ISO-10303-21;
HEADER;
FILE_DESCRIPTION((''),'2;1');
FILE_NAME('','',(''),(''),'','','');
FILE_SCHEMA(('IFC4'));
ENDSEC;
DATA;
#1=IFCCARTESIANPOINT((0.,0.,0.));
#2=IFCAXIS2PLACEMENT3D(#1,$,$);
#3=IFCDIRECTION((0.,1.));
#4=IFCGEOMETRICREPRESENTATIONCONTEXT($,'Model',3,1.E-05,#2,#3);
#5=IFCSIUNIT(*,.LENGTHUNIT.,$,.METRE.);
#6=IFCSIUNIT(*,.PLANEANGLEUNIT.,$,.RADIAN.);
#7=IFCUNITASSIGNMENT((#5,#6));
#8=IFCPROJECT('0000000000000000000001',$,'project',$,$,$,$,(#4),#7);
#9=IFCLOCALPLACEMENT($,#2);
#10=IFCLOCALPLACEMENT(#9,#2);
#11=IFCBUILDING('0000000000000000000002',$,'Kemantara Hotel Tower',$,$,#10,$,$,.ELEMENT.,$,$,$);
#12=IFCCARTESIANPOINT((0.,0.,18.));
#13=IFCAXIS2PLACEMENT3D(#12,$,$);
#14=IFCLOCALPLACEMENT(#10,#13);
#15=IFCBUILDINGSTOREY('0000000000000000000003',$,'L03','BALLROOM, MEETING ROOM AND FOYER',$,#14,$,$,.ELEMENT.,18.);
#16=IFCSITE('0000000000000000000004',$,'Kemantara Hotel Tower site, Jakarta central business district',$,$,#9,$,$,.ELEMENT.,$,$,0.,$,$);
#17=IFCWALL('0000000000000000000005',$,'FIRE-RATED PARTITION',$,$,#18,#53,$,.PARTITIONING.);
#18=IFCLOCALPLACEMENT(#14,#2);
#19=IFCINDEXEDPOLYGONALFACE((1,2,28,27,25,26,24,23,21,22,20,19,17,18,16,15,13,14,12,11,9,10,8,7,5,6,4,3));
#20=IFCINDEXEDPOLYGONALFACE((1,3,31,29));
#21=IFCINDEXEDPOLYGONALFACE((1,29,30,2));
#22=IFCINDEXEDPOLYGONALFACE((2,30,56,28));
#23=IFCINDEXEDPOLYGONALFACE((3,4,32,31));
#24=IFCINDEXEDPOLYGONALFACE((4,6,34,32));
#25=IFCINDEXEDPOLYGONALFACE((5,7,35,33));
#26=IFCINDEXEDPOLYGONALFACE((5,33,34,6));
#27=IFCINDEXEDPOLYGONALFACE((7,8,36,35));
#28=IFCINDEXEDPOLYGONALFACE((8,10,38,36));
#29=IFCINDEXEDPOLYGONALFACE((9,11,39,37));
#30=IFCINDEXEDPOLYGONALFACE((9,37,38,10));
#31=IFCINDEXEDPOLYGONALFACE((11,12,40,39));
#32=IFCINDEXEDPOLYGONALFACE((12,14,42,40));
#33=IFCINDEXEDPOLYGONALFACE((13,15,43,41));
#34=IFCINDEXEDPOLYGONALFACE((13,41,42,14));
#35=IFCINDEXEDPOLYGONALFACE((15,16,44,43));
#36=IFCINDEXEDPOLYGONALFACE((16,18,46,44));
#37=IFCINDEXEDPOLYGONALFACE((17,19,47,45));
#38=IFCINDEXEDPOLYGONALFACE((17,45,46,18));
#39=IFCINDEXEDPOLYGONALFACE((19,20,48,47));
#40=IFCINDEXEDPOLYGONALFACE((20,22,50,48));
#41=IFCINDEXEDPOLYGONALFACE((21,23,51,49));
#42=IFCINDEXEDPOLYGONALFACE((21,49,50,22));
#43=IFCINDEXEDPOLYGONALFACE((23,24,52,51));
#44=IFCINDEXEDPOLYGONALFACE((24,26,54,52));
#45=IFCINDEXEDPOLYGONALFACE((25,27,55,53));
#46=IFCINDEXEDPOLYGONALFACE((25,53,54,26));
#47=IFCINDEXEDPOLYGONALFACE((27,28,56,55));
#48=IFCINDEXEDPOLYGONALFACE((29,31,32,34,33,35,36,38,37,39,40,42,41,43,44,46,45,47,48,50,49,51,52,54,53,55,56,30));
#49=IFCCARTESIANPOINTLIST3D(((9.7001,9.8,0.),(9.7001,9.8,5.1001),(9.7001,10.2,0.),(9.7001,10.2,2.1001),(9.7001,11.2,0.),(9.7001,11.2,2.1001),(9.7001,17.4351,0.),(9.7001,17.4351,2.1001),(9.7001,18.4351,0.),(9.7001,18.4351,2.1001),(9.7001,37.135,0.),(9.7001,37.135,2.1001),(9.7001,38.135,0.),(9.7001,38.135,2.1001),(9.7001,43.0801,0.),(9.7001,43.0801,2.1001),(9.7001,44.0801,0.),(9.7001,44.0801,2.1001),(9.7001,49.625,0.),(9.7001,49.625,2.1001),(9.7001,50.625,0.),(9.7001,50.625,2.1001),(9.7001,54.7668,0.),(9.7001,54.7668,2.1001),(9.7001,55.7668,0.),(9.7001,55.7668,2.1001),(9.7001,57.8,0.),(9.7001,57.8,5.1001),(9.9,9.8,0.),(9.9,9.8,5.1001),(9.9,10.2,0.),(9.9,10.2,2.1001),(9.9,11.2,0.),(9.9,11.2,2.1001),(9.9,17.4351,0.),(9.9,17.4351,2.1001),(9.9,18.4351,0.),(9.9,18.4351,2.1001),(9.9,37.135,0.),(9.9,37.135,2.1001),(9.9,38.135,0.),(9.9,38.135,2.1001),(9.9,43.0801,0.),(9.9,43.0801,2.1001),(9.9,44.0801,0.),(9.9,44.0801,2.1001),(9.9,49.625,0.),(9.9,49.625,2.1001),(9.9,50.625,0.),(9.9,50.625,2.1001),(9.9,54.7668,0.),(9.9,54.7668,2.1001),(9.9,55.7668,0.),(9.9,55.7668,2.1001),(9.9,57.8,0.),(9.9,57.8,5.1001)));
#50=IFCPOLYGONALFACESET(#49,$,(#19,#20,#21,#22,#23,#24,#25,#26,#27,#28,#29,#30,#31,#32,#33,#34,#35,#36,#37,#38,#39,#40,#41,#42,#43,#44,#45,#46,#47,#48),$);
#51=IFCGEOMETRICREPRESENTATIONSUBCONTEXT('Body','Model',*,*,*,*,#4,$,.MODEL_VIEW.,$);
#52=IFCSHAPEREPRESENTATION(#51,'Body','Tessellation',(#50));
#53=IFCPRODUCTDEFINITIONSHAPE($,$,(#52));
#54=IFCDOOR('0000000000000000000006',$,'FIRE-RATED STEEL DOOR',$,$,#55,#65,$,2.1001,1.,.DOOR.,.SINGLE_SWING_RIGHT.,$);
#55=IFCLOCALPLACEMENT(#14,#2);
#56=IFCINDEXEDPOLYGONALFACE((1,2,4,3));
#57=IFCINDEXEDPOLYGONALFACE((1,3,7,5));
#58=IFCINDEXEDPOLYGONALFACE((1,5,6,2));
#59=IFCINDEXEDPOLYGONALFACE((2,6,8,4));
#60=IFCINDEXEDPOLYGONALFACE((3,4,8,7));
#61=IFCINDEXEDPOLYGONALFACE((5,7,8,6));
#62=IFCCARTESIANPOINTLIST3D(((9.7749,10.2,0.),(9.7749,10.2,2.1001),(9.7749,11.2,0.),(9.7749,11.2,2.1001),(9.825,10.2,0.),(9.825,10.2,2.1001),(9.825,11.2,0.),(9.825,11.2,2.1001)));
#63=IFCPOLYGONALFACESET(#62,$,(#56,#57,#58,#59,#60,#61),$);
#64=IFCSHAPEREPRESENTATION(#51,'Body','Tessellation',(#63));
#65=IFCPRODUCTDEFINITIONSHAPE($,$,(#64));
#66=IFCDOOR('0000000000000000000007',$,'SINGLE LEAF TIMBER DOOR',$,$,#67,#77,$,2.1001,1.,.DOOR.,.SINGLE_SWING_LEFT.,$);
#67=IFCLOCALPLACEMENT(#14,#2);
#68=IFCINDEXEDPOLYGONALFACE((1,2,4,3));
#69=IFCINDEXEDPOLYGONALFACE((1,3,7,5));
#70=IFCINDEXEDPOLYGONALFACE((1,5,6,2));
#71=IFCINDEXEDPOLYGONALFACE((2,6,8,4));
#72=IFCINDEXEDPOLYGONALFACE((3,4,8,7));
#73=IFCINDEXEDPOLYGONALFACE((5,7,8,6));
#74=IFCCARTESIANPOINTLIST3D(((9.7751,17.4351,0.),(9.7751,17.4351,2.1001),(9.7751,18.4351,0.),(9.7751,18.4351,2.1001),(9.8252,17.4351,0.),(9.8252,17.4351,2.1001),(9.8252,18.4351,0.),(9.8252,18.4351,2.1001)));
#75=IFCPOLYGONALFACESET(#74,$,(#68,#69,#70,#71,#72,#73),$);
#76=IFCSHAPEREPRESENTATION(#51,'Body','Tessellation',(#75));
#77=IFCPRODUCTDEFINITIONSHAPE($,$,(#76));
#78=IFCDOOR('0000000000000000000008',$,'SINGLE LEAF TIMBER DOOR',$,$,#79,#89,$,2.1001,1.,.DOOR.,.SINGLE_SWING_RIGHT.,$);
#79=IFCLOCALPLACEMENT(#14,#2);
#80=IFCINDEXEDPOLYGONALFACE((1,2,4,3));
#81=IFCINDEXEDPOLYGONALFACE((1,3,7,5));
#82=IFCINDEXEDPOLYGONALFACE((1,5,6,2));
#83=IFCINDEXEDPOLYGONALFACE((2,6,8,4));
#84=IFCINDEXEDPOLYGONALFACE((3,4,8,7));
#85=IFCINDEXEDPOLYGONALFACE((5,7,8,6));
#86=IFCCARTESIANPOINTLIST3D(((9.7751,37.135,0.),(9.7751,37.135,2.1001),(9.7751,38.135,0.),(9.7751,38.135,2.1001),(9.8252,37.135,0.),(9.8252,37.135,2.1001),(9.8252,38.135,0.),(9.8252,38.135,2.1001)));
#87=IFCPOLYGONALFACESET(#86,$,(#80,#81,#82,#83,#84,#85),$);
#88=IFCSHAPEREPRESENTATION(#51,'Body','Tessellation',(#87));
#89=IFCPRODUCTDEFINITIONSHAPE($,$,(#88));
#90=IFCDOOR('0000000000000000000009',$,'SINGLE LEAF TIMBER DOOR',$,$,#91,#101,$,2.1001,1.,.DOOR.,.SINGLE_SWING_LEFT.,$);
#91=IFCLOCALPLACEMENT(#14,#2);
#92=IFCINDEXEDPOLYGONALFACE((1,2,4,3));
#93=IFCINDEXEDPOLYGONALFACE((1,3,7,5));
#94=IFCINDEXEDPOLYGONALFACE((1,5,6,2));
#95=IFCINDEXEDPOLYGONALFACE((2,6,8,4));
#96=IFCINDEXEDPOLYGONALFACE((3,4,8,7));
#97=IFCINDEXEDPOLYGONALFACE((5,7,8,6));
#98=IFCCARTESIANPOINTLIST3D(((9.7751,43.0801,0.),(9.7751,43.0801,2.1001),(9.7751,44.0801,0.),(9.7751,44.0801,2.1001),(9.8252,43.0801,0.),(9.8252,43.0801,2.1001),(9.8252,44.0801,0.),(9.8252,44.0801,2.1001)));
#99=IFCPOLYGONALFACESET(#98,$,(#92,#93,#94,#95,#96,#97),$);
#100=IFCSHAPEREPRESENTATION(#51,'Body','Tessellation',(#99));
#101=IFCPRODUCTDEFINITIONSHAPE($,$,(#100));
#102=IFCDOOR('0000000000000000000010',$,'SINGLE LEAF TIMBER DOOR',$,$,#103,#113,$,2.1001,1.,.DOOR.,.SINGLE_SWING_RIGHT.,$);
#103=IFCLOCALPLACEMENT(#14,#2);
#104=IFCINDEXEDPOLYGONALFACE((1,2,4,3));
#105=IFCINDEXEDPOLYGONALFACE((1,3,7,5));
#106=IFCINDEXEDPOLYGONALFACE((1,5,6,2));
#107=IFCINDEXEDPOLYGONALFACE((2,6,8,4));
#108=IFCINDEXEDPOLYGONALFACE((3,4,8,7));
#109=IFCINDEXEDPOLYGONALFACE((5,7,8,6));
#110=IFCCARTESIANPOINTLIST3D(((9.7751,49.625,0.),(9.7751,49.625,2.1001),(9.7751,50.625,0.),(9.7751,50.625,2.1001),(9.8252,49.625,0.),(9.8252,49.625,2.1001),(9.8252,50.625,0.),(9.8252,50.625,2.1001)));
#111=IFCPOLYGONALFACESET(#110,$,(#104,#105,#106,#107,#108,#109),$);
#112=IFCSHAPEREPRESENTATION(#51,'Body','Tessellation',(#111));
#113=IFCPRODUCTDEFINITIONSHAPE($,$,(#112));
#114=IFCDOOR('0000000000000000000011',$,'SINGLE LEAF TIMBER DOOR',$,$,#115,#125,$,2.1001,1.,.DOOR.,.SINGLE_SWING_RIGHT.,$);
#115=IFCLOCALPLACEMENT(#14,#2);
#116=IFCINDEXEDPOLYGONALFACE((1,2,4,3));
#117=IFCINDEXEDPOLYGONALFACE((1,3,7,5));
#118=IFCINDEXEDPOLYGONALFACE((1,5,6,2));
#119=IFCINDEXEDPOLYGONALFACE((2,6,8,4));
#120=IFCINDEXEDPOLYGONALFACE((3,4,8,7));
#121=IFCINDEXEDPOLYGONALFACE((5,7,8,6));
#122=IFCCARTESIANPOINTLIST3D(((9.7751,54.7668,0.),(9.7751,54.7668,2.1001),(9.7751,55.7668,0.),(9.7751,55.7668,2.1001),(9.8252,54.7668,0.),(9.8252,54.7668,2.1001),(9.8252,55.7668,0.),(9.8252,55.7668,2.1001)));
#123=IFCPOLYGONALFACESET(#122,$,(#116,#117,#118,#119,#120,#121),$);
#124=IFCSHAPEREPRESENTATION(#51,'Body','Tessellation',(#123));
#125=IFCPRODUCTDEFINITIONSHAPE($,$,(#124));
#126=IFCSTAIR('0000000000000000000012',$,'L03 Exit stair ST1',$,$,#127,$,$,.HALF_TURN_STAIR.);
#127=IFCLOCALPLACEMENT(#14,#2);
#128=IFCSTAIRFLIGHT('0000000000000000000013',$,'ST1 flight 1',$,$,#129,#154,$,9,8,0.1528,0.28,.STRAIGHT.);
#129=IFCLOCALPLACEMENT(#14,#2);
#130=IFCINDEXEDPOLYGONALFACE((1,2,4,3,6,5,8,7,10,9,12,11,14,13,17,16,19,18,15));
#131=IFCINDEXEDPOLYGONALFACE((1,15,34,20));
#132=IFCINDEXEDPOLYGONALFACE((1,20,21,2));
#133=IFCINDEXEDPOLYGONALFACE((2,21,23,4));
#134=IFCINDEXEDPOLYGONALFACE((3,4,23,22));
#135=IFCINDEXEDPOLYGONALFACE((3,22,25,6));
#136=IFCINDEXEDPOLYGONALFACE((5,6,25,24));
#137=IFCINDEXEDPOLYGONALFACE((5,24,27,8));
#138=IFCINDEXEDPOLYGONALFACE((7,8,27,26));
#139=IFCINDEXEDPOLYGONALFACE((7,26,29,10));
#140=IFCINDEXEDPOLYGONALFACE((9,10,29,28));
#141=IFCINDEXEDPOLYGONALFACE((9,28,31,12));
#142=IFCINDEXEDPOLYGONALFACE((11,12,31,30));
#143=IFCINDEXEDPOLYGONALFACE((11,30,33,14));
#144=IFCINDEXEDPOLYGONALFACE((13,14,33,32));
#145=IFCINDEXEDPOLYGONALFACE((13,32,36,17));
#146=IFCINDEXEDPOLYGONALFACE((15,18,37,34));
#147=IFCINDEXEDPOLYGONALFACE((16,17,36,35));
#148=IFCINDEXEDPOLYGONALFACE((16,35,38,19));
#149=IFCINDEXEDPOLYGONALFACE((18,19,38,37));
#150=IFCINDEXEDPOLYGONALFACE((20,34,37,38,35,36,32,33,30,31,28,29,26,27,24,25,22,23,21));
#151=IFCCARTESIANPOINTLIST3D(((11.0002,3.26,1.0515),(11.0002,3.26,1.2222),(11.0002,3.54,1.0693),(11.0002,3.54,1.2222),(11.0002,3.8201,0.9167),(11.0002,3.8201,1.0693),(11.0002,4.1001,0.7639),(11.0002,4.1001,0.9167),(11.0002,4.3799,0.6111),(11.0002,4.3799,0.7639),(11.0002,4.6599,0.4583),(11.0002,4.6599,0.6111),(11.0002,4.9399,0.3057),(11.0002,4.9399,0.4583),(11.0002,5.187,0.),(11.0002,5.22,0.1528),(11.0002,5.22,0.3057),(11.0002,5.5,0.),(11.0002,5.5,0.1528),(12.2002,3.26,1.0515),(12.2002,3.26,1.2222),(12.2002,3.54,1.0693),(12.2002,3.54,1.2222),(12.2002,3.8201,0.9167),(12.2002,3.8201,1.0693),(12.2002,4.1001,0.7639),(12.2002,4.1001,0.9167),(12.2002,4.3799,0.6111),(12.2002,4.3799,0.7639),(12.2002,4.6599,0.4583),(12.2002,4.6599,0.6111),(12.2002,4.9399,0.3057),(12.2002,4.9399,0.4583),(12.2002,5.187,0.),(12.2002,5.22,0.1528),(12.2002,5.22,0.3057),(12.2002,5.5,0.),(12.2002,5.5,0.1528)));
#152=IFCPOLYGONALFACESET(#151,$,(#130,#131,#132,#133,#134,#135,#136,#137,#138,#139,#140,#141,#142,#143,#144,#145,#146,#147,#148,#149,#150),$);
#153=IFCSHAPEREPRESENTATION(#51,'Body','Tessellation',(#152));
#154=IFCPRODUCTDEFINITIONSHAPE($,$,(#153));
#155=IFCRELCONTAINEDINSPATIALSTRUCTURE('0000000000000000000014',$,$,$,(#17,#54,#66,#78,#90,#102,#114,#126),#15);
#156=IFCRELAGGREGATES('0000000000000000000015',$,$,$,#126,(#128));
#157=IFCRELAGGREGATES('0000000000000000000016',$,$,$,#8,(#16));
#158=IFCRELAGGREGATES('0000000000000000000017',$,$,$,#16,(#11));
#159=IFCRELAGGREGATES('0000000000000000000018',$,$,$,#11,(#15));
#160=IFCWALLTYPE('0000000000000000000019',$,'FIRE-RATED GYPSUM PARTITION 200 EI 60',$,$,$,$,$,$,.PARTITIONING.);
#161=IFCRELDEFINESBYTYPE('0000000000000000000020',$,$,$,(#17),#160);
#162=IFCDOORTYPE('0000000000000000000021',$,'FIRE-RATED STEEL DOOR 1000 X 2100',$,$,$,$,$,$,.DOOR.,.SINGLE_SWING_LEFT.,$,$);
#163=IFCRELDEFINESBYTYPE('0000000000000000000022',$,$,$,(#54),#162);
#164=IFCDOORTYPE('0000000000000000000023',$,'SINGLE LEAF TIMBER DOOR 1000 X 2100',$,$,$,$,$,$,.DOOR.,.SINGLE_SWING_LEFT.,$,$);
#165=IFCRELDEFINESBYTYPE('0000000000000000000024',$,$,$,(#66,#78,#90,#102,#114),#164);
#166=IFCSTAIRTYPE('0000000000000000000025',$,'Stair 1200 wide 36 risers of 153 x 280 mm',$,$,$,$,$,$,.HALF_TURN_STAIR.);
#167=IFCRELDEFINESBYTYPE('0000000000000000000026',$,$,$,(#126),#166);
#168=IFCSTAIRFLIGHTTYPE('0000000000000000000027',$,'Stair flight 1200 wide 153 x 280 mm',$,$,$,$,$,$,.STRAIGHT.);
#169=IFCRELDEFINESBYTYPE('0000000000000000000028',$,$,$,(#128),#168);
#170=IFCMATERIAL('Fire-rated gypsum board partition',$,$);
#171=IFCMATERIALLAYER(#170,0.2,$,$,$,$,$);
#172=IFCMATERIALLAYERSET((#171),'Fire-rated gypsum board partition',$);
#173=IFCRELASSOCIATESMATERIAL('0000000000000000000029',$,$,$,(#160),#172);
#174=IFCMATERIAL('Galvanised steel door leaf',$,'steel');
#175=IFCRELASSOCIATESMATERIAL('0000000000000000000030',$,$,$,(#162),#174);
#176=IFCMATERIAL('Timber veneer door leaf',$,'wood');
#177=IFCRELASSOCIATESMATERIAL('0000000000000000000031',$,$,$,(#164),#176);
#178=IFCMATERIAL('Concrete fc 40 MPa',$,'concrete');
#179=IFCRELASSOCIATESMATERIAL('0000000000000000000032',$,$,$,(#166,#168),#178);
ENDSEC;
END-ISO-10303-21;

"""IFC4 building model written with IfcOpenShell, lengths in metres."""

from ifc_helpers import new_model, si_unit, direction, frame, frame_2d, origin, place, context, subcontext, project, spatial, polyline, rectangle, outline, extrude, material, layer, layer_set, type_object, element, fill, aggregate, save


model = new_model("IFC4")

# Units and contexts
model_context = context("Model", 3, precision=1e-05, world=origin(), true_north=direction((0.0, 1.0)))
body_context = subcontext(model_context, "Body", "Model", "MODEL_VIEW")
ifc_project = project(units=[si_unit("LENGTHUNIT", "METRE"), si_unit("PLANEANGLEUNIT", "RADIAN")], contexts=[model_context])

# Site, building, storey
site_placement = place(None, origin())
site = spatial("IfcSite", under=ifc_project, at=site_placement, Name="Kemantara Hotel Tower site, Jakarta central business district", CompositionType="ELEMENT", RefElevation=0.0)
building_placement = place(site_placement, origin())
building = spatial("IfcBuilding", under=site, at=building_placement, Name="Kemantara Hotel Tower", CompositionType="ELEMENT")
storey_placement = place(building_placement, frame((0.0, 0.0, 18.0)))
storey = spatial("IfcBuildingStorey", under=building, at=storey_placement, Name="L03", Description="BALLROOM, MEETING ROOM AND FOYER", CompositionType="ELEMENT", Elevation=18.0)

# Wall, openings, doors
ifc_material_1 = material(Name="Fire-rated gypsum board partition")
ifc_layer_1 = layer(ifc_material_1, 0.2)
ifc_layer_set_1 = layer_set([ifc_layer_1], Name="Fire-rated gypsum board partition")
wall_type_1 = type_object("IfcWallType", Name="FIRE-RATED GYPSUM PARTITION 200 EI 60", PredefinedType="PARTITIONING", material=ifc_layer_set_1)
ifc_material_2 = material(Name="Timber veneer door leaf", Category="wood")
wall_1_placement = place(storey_placement, frame((9.8, 9.8, 0.0), z_axis=(0.0, 0.0, 1.0), x_axis=(0.0, 1.0, 0.0)))
wall_1 = element("IfcWall", 1, at=wall_1_placement, inside=storey, type_object=wall_type_1, Name="FIRE-RATED PARTITION", PredefinedType="PARTITIONING", context=body_context, shape_type="SweptSolid", body=[
    extrude(rectangle(XDim=48.0, YDim=0.2, at=frame_2d((24.0, 0.0))), origin(), (0.0, 0.0, 1.0), 5.1001),
])
opening_1_placement = place(wall_1_placement, frame((7.635, 0.0, 0.0)))
opening_1 = element("IfcOpeningElement", 2, at=opening_1_placement, cuts=wall_1, PredefinedType="OPENING", context=body_context, shape_type="SweptSolid", body=[
    extrude(rectangle(XDim=1.0, YDim=2.1001, at=frame_2d((0.5, 1.05))), frame((0.0, 0.1099, 0.0), z_axis=(0.0, -1.0, 0.0), x_axis=(1.0, 0.0, 0.0)), (0.0, 0.0, 1.0), 0.22),
])
opening_2_placement = place(wall_1_placement, frame((27.335, 0.0, 0.0)))
opening_2 = element("IfcOpeningElement", 3, at=opening_2_placement, cuts=wall_1, PredefinedType="OPENING", context=body_context, shape_type="SweptSolid", body=[
    extrude(rectangle(XDim=1.0, YDim=2.1001, at=frame_2d((0.5, 1.05))), frame((0.0, 0.1099, 0.0), z_axis=(0.0, -1.0, 0.0), x_axis=(1.0, 0.0, 0.0)), (0.0, 0.0, 1.0), 0.22),
])
opening_3_placement = place(wall_1_placement, frame((33.28, 0.0, 0.0)))
opening_3 = element("IfcOpeningElement", 4, at=opening_3_placement, cuts=wall_1, PredefinedType="OPENING", context=body_context, shape_type="SweptSolid", body=[
    extrude(rectangle(XDim=1.0, YDim=2.1001, at=frame_2d((0.5, 1.05))), frame((0.0, 0.1099, 0.0), z_axis=(0.0, -1.0, 0.0), x_axis=(1.0, 0.0, 0.0)), (0.0, 0.0, 1.0), 0.22),
])
opening_4_placement = place(wall_1_placement, frame((39.825, 0.0, 0.0)))
opening_4 = element("IfcOpeningElement", 5, at=opening_4_placement, cuts=wall_1, PredefinedType="OPENING", context=body_context, shape_type="SweptSolid", body=[
    extrude(rectangle(XDim=1.0, YDim=2.1001, at=frame_2d((0.5, 1.05))), frame((0.0, 0.1099, 0.0), z_axis=(0.0, -1.0, 0.0), x_axis=(1.0, 0.0, 0.0)), (0.0, 0.0, 1.0), 0.22),
])
opening_5_placement = place(wall_1_placement, frame((44.9668, 0.0, 0.0)))
opening_5 = element("IfcOpeningElement", 6, at=opening_5_placement, cuts=wall_1, PredefinedType="OPENING", context=body_context, shape_type="SweptSolid", body=[
    extrude(rectangle(XDim=1.0, YDim=2.1001, at=frame_2d((0.5, 1.05))), frame((0.0, 0.1099, 0.0), z_axis=(0.0, -1.0, 0.0), x_axis=(1.0, 0.0, 0.0)), (0.0, 0.0, 1.0), 0.22),
])
opening_6_placement = place(wall_1_placement, frame((0.3999, 0.0, 0.0)))
opening_6 = element("IfcOpeningElement", 7, at=opening_6_placement, cuts=wall_1, PredefinedType="OPENING", context=body_context, shape_type="SweptSolid", body=[
    extrude(rectangle(XDim=1.0, YDim=2.1001, at=frame_2d((0.5, 1.05))), frame((0.0, 0.1099, 0.0), z_axis=(0.0, -1.0, 0.0), x_axis=(1.0, 0.0, 0.0)), (0.0, 0.0, 1.0), 0.22),
])
ifc_material_3 = material(Name="Galvanised steel door leaf", Category="steel")
door_type_1 = type_object("IfcDoorType", Name="FIRE-RATED STEEL DOOR 1000 X 2100", OperationType="SINGLE_SWING_LEFT", PredefinedType="DOOR", material=ifc_material_3)
door_1_placement = place(opening_6_placement, frame((1.0, 0.0, 0.0), z_axis=(0.0, 0.0, 1.0), x_axis=(-1.0, 0.0, 0.0)))
door_1 = element("IfcDoor", 8, at=door_1_placement, inside=storey, type_object=door_type_1, Name="FIRE-RATED STEEL DOOR", OperationType="SINGLE_SWING_RIGHT", OverallHeight=2.1001, OverallWidth=1.0, PredefinedType="DOOR", context=body_context, shape_type="SweptSolid", body=[
    extrude(rectangle(XDim=1.0, YDim=2.1001, at=frame_2d((0.5, 1.05))), frame((0.0, 0.0249, 0.0), z_axis=(0.0, -1.0, 0.0), x_axis=(1.0, 0.0, 0.0)), (0.0, 0.0, 1.0), 0.05),
])
fill(opening_6, door_1)
door_type_2 = type_object("IfcDoorType", Name="SINGLE LEAF TIMBER DOOR 1000 X 2100", OperationType="SINGLE_SWING_LEFT", PredefinedType="DOOR", material=ifc_material_2)
door_2_placement = place(opening_1_placement, origin())
door_2 = element("IfcDoor", 9, at=door_2_placement, inside=storey, type_object=door_type_2, Name="SINGLE LEAF TIMBER DOOR", OperationType="SINGLE_SWING_LEFT", OverallHeight=2.1001, OverallWidth=1.0, PredefinedType="DOOR", context=body_context, shape_type="SweptSolid", body=[
    extrude(rectangle(XDim=1.0, YDim=2.1001, at=frame_2d((0.5, 1.05))), frame((0.0, 0.0249, 0.0), z_axis=(0.0, -1.0, 0.0), x_axis=(1.0, 0.0, 0.0)), (0.0, 0.0, 1.0), 0.05),
])
fill(opening_1, door_2)
door_3_placement = place(opening_2_placement, origin())
door_3 = element("IfcDoor", 10, at=door_3_placement, inside=storey, type_object=door_type_2, Name="SINGLE LEAF TIMBER DOOR", OperationType="SINGLE_SWING_RIGHT", OverallHeight=2.1001, OverallWidth=1.0, PredefinedType="DOOR", context=body_context, shape_type="SweptSolid", body=[
    extrude(rectangle(XDim=1.0, YDim=2.1001, at=frame_2d((0.5, 1.05))), frame((0.0, 0.0249, 0.0), z_axis=(0.0, -1.0, 0.0), x_axis=(1.0, 0.0, 0.0)), (0.0, 0.0, 1.0), 0.05),
])
fill(opening_2, door_3)
door_4_placement = place(opening_3_placement, origin())
door_4 = element("IfcDoor", 11, at=door_4_placement, inside=storey, type_object=door_type_2, Name="SINGLE LEAF TIMBER DOOR", OperationType="SINGLE_SWING_LEFT", OverallHeight=2.1001, OverallWidth=1.0, PredefinedType="DOOR", context=body_context, shape_type="SweptSolid", body=[
    extrude(rectangle(XDim=1.0, YDim=2.1001, at=frame_2d((0.5, 1.05))), frame((0.0, 0.0249, 0.0), z_axis=(0.0, -1.0, 0.0), x_axis=(1.0, 0.0, 0.0)), (0.0, 0.0, 1.0), 0.05),
])
fill(opening_3, door_4)
door_5_placement = place(opening_4_placement, origin())
door_5 = element("IfcDoor", 12, at=door_5_placement, inside=storey, type_object=door_type_2, Name="SINGLE LEAF TIMBER DOOR", OperationType="SINGLE_SWING_RIGHT", OverallHeight=2.1001, OverallWidth=1.0, PredefinedType="DOOR", context=body_context, shape_type="SweptSolid", body=[
    extrude(rectangle(XDim=1.0, YDim=2.1001, at=frame_2d((0.5, 1.05))), frame((0.0, 0.0249, 0.0), z_axis=(0.0, -1.0, 0.0), x_axis=(1.0, 0.0, 0.0)), (0.0, 0.0, 1.0), 0.05),
])
fill(opening_4, door_5)
door_6_placement = place(opening_5_placement, origin())
door_6 = element("IfcDoor", 13, at=door_6_placement, inside=storey, type_object=door_type_2, Name="SINGLE LEAF TIMBER DOOR", OperationType="SINGLE_SWING_RIGHT", OverallHeight=2.1001, OverallWidth=1.0, PredefinedType="DOOR", context=body_context, shape_type="SweptSolid", body=[
    extrude(rectangle(XDim=1.0, YDim=2.1001, at=frame_2d((0.5, 1.05))), frame((0.0, 0.0249, 0.0), z_axis=(0.0, -1.0, 0.0), x_axis=(1.0, 0.0, 0.0)), (0.0, 0.0, 1.0), 0.05),
])
fill(opening_5, door_6)

# Stair, stair flight
ifc_material_4 = material(Name="Concrete fc 40 MPa", Category="concrete")
stair_type = type_object("IfcStairType", Name="Stair 1200 wide 36 risers of 153 x 280 mm", PredefinedType="HALF_TURN_STAIR", material=ifc_material_4)
stair_placement = place(storey_placement, origin())
stair = element("IfcStair", 14, at=stair_placement, inside=storey, type_object=stair_type, Name="L03 Exit stair ST1", PredefinedType="HALF_TURN_STAIR")
stair_flight_type = type_object("IfcStairFlightType", Name="Stair flight 1200 wide 153 x 280 mm", PredefinedType="STRAIGHT", material=ifc_material_4)
stair_flight_1_placement = place(storey_placement, frame((11.6001, 5.5, 0.0), z_axis=(0.0, 0.0, 1.0), x_axis=(0.0, -1.0, 0.0)))
stair_flight_1 = element("IfcStairFlight", 15, at=stair_flight_1_placement, type_object=stair_flight_type, Name="ST1 flight 1", NumberOfRisers=9, NumberOfTreads=8, PredefinedType="STRAIGHT", RiserHeight=0.1528, TreadLength=0.28, context=body_context, shape_type="SweptSolid", body=[
    extrude(outline(polyline([(0.0, 0.0), (0.0, 0.1528), (0.28, 0.1528), (0.28, 0.3057), (0.5601, 0.3057), (0.5601, 0.4583), (0.8401, 0.4583), (0.8401, 0.6111), (1.1201, 0.6111), (1.1201, 0.7639), (1.3999, 0.7639), (1.3999, 0.9167), (1.6799, 0.9167), (1.6799, 1.0693), (1.96, 1.0693), (1.96, 1.2222), (2.24, 1.2222), (2.24, 1.375), (2.24, 1.0515), (0.313, 0.0), (0.0, 0.0)])), frame((0.0, 0.6001, 0.0), z_axis=(0.0, -1.0, 0.0), x_axis=(1.0, 0.0, 0.0)), (0.0, 0.0, 1.0), 1.2),
])
aggregate(stair, [stair_flight_1])

save(model, "model.ifc")
